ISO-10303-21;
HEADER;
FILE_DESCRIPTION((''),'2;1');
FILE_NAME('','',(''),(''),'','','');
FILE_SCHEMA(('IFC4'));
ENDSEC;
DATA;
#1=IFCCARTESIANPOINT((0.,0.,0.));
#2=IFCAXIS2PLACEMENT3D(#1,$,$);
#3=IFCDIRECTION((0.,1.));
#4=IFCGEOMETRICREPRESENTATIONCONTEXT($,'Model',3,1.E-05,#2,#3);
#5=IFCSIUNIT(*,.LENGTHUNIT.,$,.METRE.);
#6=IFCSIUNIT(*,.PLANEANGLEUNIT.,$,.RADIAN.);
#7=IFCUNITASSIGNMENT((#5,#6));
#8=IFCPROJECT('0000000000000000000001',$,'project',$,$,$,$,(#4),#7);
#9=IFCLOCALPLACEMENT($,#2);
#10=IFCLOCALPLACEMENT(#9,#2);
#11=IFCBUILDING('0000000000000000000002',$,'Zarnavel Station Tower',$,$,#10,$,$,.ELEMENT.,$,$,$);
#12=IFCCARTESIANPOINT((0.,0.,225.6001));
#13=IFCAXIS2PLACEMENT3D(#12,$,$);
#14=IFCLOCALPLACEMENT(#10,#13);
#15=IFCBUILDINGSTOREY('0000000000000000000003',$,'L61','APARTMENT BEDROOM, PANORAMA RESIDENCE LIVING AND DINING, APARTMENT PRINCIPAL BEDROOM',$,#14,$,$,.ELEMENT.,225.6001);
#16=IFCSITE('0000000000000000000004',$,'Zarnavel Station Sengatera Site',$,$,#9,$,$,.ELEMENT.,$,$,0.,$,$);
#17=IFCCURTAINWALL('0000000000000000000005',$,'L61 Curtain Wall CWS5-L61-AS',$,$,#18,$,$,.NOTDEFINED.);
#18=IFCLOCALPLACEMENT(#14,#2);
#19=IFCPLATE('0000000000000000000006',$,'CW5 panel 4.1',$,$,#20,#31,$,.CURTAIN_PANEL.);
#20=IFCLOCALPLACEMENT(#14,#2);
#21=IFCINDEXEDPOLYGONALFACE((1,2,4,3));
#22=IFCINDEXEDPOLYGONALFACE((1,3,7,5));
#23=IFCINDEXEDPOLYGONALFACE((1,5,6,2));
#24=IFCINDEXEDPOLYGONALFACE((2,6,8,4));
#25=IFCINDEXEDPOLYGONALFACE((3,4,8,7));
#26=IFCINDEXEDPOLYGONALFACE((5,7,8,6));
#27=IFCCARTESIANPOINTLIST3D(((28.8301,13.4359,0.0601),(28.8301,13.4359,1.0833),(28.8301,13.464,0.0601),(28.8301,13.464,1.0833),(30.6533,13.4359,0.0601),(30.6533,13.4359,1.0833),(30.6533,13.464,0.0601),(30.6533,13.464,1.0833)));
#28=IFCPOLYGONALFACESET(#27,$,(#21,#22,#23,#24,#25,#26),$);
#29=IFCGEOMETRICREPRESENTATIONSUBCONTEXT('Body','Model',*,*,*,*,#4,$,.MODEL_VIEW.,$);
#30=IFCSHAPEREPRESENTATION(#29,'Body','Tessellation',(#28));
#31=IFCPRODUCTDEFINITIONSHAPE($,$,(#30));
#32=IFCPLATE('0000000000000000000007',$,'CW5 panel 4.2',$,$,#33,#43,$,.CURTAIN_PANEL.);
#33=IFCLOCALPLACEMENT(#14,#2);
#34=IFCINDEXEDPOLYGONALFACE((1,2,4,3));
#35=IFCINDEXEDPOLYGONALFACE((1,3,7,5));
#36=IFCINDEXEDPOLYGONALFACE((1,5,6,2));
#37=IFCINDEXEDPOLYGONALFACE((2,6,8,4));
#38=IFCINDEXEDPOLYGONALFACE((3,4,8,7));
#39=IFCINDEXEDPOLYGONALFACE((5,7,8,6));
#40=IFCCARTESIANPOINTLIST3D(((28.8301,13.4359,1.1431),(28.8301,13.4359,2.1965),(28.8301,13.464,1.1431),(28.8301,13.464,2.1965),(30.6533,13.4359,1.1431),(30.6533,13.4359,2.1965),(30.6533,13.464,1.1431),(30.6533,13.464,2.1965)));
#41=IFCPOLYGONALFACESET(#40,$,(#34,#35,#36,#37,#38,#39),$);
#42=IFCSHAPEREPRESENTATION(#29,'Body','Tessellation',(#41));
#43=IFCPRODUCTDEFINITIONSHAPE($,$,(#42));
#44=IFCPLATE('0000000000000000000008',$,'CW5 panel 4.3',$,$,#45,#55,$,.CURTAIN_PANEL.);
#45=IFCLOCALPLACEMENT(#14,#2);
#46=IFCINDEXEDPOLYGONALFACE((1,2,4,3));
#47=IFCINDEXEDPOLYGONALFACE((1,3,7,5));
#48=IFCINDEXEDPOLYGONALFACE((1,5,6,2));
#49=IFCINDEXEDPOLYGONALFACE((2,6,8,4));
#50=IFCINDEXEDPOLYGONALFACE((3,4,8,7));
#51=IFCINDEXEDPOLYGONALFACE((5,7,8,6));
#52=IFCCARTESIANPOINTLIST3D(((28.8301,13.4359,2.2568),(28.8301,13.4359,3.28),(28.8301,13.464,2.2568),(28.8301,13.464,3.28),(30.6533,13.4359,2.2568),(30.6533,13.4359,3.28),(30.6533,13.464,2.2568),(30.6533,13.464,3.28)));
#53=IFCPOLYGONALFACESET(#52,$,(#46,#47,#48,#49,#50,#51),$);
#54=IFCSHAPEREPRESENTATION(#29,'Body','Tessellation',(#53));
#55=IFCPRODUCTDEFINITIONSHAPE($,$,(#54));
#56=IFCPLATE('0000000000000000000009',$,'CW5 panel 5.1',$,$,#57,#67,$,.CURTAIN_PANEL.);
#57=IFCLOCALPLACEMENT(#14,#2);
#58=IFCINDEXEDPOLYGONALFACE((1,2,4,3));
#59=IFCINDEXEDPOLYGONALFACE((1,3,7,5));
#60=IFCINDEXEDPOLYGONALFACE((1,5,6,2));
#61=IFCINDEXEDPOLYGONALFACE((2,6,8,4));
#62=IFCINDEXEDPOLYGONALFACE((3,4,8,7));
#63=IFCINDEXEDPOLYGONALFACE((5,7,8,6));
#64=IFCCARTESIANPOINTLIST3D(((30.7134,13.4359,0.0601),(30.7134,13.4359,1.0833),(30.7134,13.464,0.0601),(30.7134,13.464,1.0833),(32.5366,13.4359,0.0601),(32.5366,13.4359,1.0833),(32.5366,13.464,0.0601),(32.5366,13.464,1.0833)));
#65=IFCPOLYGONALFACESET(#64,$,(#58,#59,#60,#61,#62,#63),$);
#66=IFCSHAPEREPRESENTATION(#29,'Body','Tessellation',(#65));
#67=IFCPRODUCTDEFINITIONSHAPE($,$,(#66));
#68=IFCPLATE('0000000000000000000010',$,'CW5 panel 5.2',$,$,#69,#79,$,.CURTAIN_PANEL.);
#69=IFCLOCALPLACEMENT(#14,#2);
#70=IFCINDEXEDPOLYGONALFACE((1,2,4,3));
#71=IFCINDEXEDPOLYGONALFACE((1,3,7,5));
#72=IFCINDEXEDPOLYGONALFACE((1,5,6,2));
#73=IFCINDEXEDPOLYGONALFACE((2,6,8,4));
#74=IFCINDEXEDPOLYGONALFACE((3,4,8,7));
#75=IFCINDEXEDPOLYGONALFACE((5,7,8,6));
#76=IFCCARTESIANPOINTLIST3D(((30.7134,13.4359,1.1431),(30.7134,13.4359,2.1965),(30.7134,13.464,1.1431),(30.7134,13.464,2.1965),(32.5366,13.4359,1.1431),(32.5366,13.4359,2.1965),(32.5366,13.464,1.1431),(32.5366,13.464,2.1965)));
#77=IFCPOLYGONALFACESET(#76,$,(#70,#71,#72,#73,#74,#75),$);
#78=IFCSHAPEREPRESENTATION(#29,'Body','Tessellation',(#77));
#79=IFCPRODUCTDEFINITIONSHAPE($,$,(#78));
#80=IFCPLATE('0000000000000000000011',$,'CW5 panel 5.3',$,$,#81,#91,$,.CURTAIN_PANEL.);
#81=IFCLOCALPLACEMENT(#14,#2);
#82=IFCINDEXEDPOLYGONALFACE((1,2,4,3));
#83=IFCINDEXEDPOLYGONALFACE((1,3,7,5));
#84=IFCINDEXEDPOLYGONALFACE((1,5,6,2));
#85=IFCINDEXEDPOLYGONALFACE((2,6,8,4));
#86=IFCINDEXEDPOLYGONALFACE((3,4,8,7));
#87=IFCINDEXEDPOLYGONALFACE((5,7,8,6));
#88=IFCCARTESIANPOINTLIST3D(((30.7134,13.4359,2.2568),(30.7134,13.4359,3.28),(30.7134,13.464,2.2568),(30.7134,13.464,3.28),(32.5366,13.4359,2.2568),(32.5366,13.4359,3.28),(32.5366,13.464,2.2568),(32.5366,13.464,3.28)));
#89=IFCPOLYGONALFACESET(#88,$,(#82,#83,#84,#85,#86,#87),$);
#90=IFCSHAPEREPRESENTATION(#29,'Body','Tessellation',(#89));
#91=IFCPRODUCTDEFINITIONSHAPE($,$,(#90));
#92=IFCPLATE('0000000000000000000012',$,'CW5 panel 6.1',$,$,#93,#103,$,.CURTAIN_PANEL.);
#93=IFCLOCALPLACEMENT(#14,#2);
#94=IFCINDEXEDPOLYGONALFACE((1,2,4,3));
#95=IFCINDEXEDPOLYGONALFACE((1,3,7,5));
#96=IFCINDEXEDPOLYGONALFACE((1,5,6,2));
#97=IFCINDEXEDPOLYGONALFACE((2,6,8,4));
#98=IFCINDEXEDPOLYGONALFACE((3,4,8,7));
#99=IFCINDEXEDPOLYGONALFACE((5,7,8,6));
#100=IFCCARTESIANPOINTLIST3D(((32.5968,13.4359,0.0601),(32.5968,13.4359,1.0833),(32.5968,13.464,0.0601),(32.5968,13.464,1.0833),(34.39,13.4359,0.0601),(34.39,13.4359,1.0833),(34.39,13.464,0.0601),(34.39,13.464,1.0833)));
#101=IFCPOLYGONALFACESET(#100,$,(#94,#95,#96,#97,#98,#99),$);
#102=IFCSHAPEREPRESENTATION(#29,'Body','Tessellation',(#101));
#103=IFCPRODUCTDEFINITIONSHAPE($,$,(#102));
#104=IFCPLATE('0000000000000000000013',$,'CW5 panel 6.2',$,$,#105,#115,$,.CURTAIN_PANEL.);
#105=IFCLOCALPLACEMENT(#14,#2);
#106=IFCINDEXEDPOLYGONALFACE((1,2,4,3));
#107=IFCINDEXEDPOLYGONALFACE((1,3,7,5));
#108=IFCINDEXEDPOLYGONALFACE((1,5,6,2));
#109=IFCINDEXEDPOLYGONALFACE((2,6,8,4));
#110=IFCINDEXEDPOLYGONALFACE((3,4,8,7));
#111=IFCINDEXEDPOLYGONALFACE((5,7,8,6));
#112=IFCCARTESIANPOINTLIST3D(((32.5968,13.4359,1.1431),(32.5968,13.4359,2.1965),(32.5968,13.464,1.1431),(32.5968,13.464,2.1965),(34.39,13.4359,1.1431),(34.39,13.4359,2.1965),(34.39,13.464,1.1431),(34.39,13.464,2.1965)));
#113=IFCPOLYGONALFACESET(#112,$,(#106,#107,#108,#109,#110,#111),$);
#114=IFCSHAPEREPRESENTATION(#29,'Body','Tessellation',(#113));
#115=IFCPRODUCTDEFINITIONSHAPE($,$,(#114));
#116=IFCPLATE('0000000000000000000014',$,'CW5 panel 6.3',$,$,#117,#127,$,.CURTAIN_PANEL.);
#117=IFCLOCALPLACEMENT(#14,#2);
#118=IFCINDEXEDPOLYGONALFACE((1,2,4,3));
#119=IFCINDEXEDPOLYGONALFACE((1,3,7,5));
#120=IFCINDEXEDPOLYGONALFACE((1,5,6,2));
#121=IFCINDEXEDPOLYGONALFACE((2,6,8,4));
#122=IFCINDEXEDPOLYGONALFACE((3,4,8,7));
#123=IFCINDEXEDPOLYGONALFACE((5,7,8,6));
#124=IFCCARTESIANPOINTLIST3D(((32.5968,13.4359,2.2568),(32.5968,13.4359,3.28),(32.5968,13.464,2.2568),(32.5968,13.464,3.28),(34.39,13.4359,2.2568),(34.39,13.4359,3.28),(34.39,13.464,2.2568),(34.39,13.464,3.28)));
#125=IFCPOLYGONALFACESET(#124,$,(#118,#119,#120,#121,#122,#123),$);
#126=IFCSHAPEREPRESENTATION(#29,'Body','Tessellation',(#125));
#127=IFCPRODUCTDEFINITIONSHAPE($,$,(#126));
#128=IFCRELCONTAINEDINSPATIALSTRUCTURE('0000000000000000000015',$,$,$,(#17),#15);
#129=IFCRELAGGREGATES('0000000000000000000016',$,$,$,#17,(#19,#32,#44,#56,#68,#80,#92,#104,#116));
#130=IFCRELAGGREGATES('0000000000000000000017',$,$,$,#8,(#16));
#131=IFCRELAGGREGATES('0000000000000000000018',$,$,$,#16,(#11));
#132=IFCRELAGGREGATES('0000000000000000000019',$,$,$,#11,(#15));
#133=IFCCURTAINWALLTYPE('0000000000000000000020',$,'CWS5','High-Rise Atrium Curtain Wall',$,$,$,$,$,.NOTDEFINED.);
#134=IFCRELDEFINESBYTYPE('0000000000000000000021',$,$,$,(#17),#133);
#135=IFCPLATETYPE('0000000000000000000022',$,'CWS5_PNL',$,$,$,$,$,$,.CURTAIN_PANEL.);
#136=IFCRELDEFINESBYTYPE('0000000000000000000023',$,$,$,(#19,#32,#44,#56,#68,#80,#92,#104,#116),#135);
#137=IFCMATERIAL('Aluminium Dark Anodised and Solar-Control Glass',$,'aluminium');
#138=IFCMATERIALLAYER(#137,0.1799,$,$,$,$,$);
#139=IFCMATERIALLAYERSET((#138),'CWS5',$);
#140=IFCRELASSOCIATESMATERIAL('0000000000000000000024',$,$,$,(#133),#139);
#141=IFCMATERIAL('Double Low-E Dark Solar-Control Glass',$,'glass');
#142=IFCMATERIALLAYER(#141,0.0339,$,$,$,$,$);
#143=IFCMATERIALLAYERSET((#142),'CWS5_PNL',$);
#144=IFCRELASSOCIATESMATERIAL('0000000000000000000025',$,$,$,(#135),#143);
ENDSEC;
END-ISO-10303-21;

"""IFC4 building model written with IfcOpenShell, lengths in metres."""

from ifc_helpers import new_model, si_unit, direction, frame, origin, origin_2d, place, context, subcontext, project, spatial, rectangle, extrude, material, layer, layer_set, type_object, element, aggregate, save


model = new_model("IFC4")

# Units and contexts
model_context = context("Model", 3, precision=1e-05, world=origin(), true_north=direction((0.0, 1.0)))
body_context = subcontext(model_context, "Body", "Model", "MODEL_VIEW")
ifc_project = project(units=[si_unit("LENGTHUNIT", "METRE"), si_unit("PLANEANGLEUNIT", "RADIAN")], contexts=[model_context])

# Site, building, storey
site_placement = place(None, origin())
site = spatial("IfcSite", under=ifc_project, at=site_placement, Name="Zarnavel Station Sengatera Site", CompositionType="ELEMENT", RefElevation=0.0)
building_placement = place(site_placement, origin())
building = spatial("IfcBuilding", under=site, at=building_placement, Name="Zarnavel Station Tower", CompositionType="ELEMENT")
storey_placement = place(building_placement, frame((0.0, 0.0, 225.6001)))
storey = spatial("IfcBuildingStorey", under=building, at=storey_placement, Name="L61", Description="APARTMENT BEDROOM, PANORAMA RESIDENCE LIVING AND DINING, APARTMENT PRINCIPAL BEDROOM", CompositionType="ELEMENT", Elevation=225.6001)

# Curtain wall, plates
ifc_material_1 = material(Name="Aluminium Dark Anodised and Solar-Control Glass", Category="aluminium")
ifc_layer_1 = layer(ifc_material_1, 0.1799)
ifc_layer_set_1 = layer_set([ifc_layer_1], Name="CWS5")
curtain_wall_type = type_object("IfcCurtainWallType", Name="CWS5", Description="High-Rise Atrium Curtain Wall", PredefinedType="NOTDEFINED", material=ifc_layer_set_1)
curtain_wall_placement = place(storey_placement, origin())
curtain_wall = element("IfcCurtainWall", 1, at=curtain_wall_placement, inside=storey, type_object=curtain_wall_type, Name="L61 Curtain Wall CWS5-L61-AS", PredefinedType="NOTDEFINED")
ifc_material_2 = material(Name="Double Low-E Dark Solar-Control Glass", Category="glass")
ifc_layer_2 = layer(ifc_material_2, 0.0339)
ifc_layer_set_2 = layer_set([ifc_layer_2], Name="CWS5_PNL")
plate_type = type_object("IfcPlateType", Name="CWS5_PNL", PredefinedType="CURTAIN_PANEL", material=ifc_layer_set_2)
plate_1_placement = place(storey_placement, frame((29.7417, 13.45, 0.0601), z_axis=(0.0, 0.0, 1.0), x_axis=(1.0, 0.0, 0.0)))
plate_1 = element("IfcPlate", 2, at=plate_1_placement, type_object=plate_type, Name="CW5 panel 4.1", PredefinedType="CURTAIN_PANEL", context=body_context, shape_type="SweptSolid", body=[
    extrude(rectangle(XDim=1.8232, YDim=0.0281, at=origin_2d()), origin(), (0.0, 0.0, 1.0), 1.0232),
])
plate_2_placement = place(storey_placement, frame((29.7417, 13.45, 1.1431), z_axis=(0.0, 0.0, 1.0), x_axis=(1.0, 0.0, 0.0)))
plate_2 = element("IfcPlate", 3, at=plate_2_placement, type_object=plate_type, Name="CW5 panel 4.2", PredefinedType="CURTAIN_PANEL", context=body_context, shape_type="SweptSolid", body=[
    extrude(rectangle(XDim=1.8232, YDim=0.0281, at=origin_2d()), origin(), (0.0, 0.0, 1.0), 1.0535),
])
plate_3_placement = place(storey_placement, frame((29.7417, 13.45, 2.2568), z_axis=(0.0, 0.0, 1.0), x_axis=(1.0, 0.0, 0.0)))
plate_3 = element("IfcPlate", 4, at=plate_3_placement, type_object=plate_type, Name="CW5 panel 4.3", PredefinedType="CURTAIN_PANEL", context=body_context, shape_type="SweptSolid", body=[
    extrude(rectangle(XDim=1.8232, YDim=0.0281, at=origin_2d()), origin(), (0.0, 0.0, 1.0), 1.0232),
])
plate_4_placement = place(storey_placement, frame((31.625, 13.45, 0.0601), z_axis=(0.0, 0.0, 1.0), x_axis=(1.0, 0.0, 0.0)))
plate_4 = element("IfcPlate", 5, at=plate_4_placement, type_object=plate_type, Name="CW5 panel 5.1", PredefinedType="CURTAIN_PANEL", context=body_context, shape_type="SweptSolid", body=[
    extrude(rectangle(XDim=1.8232, YDim=0.0281, at=origin_2d()), origin(), (0.0, 0.0, 1.0), 1.0232),
])
plate_5_placement = place(storey_placement, frame((31.625, 13.45, 1.1431), z_axis=(0.0, 0.0, 1.0), x_axis=(1.0, 0.0, 0.0)))
plate_5 = element("IfcPlate", 6, at=plate_5_placement, type_object=plate_type, Name="CW5 panel 5.2", PredefinedType="CURTAIN_PANEL", context=body_context, shape_type="SweptSolid", body=[
    extrude(rectangle(XDim=1.8232, YDim=0.0281, at=origin_2d()), origin(), (0.0, 0.0, 1.0), 1.0535),
])
plate_6_placement = place(storey_placement, frame((31.625, 13.45, 2.2568), z_axis=(0.0, 0.0, 1.0), x_axis=(1.0, 0.0, 0.0)))
plate_6 = element("IfcPlate", 7, at=plate_6_placement, type_object=plate_type, Name="CW5 panel 5.3", PredefinedType="CURTAIN_PANEL", context=body_context, shape_type="SweptSolid", body=[
    extrude(rectangle(XDim=1.8232, YDim=0.0281, at=origin_2d()), origin(), (0.0, 0.0, 1.0), 1.0232),
])
plate_7_placement = place(storey_placement, frame((33.4934, 13.45, 0.0601), z_axis=(0.0, 0.0, 1.0), x_axis=(1.0, 0.0, 0.0)))
plate_7 = element("IfcPlate", 8, at=plate_7_placement, type_object=plate_type, Name="CW5 panel 6.1", PredefinedType="CURTAIN_PANEL", context=body_context, shape_type="SweptSolid", body=[
    extrude(rectangle(XDim=1.7932, YDim=0.0281, at=origin_2d()), origin(), (0.0, 0.0, 1.0), 1.0232),
])
plate_8_placement = place(storey_placement, frame((33.4934, 13.45, 1.1431), z_axis=(0.0, 0.0, 1.0), x_axis=(1.0, 0.0, 0.0)))
plate_8 = element("IfcPlate", 9, at=plate_8_placement, type_object=plate_type, Name="CW5 panel 6.2", PredefinedType="CURTAIN_PANEL", context=body_context, shape_type="SweptSolid", body=[
    extrude(rectangle(XDim=1.7932, YDim=0.0281, at=origin_2d()), origin(), (0.0, 0.0, 1.0), 1.0535),
])
plate_9_placement = place(storey_placement, frame((33.4934, 13.45, 2.2568), z_axis=(0.0, 0.0, 1.0), x_axis=(1.0, 0.0, 0.0)))
plate_9 = element("IfcPlate", 10, at=plate_9_placement, type_object=plate_type, Name="CW5 panel 6.3", PredefinedType="CURTAIN_PANEL", context=body_context, shape_type="SweptSolid", body=[
    extrude(rectangle(XDim=1.7932, YDim=0.0281, at=origin_2d()), origin(), (0.0, 0.0, 1.0), 1.0232),
])
aggregate(curtain_wall, [plate_1, plate_2, plate_3, plate_4, plate_5, plate_6, plate_7, plate_8, plate_9])

save(model, "model.ifc")
